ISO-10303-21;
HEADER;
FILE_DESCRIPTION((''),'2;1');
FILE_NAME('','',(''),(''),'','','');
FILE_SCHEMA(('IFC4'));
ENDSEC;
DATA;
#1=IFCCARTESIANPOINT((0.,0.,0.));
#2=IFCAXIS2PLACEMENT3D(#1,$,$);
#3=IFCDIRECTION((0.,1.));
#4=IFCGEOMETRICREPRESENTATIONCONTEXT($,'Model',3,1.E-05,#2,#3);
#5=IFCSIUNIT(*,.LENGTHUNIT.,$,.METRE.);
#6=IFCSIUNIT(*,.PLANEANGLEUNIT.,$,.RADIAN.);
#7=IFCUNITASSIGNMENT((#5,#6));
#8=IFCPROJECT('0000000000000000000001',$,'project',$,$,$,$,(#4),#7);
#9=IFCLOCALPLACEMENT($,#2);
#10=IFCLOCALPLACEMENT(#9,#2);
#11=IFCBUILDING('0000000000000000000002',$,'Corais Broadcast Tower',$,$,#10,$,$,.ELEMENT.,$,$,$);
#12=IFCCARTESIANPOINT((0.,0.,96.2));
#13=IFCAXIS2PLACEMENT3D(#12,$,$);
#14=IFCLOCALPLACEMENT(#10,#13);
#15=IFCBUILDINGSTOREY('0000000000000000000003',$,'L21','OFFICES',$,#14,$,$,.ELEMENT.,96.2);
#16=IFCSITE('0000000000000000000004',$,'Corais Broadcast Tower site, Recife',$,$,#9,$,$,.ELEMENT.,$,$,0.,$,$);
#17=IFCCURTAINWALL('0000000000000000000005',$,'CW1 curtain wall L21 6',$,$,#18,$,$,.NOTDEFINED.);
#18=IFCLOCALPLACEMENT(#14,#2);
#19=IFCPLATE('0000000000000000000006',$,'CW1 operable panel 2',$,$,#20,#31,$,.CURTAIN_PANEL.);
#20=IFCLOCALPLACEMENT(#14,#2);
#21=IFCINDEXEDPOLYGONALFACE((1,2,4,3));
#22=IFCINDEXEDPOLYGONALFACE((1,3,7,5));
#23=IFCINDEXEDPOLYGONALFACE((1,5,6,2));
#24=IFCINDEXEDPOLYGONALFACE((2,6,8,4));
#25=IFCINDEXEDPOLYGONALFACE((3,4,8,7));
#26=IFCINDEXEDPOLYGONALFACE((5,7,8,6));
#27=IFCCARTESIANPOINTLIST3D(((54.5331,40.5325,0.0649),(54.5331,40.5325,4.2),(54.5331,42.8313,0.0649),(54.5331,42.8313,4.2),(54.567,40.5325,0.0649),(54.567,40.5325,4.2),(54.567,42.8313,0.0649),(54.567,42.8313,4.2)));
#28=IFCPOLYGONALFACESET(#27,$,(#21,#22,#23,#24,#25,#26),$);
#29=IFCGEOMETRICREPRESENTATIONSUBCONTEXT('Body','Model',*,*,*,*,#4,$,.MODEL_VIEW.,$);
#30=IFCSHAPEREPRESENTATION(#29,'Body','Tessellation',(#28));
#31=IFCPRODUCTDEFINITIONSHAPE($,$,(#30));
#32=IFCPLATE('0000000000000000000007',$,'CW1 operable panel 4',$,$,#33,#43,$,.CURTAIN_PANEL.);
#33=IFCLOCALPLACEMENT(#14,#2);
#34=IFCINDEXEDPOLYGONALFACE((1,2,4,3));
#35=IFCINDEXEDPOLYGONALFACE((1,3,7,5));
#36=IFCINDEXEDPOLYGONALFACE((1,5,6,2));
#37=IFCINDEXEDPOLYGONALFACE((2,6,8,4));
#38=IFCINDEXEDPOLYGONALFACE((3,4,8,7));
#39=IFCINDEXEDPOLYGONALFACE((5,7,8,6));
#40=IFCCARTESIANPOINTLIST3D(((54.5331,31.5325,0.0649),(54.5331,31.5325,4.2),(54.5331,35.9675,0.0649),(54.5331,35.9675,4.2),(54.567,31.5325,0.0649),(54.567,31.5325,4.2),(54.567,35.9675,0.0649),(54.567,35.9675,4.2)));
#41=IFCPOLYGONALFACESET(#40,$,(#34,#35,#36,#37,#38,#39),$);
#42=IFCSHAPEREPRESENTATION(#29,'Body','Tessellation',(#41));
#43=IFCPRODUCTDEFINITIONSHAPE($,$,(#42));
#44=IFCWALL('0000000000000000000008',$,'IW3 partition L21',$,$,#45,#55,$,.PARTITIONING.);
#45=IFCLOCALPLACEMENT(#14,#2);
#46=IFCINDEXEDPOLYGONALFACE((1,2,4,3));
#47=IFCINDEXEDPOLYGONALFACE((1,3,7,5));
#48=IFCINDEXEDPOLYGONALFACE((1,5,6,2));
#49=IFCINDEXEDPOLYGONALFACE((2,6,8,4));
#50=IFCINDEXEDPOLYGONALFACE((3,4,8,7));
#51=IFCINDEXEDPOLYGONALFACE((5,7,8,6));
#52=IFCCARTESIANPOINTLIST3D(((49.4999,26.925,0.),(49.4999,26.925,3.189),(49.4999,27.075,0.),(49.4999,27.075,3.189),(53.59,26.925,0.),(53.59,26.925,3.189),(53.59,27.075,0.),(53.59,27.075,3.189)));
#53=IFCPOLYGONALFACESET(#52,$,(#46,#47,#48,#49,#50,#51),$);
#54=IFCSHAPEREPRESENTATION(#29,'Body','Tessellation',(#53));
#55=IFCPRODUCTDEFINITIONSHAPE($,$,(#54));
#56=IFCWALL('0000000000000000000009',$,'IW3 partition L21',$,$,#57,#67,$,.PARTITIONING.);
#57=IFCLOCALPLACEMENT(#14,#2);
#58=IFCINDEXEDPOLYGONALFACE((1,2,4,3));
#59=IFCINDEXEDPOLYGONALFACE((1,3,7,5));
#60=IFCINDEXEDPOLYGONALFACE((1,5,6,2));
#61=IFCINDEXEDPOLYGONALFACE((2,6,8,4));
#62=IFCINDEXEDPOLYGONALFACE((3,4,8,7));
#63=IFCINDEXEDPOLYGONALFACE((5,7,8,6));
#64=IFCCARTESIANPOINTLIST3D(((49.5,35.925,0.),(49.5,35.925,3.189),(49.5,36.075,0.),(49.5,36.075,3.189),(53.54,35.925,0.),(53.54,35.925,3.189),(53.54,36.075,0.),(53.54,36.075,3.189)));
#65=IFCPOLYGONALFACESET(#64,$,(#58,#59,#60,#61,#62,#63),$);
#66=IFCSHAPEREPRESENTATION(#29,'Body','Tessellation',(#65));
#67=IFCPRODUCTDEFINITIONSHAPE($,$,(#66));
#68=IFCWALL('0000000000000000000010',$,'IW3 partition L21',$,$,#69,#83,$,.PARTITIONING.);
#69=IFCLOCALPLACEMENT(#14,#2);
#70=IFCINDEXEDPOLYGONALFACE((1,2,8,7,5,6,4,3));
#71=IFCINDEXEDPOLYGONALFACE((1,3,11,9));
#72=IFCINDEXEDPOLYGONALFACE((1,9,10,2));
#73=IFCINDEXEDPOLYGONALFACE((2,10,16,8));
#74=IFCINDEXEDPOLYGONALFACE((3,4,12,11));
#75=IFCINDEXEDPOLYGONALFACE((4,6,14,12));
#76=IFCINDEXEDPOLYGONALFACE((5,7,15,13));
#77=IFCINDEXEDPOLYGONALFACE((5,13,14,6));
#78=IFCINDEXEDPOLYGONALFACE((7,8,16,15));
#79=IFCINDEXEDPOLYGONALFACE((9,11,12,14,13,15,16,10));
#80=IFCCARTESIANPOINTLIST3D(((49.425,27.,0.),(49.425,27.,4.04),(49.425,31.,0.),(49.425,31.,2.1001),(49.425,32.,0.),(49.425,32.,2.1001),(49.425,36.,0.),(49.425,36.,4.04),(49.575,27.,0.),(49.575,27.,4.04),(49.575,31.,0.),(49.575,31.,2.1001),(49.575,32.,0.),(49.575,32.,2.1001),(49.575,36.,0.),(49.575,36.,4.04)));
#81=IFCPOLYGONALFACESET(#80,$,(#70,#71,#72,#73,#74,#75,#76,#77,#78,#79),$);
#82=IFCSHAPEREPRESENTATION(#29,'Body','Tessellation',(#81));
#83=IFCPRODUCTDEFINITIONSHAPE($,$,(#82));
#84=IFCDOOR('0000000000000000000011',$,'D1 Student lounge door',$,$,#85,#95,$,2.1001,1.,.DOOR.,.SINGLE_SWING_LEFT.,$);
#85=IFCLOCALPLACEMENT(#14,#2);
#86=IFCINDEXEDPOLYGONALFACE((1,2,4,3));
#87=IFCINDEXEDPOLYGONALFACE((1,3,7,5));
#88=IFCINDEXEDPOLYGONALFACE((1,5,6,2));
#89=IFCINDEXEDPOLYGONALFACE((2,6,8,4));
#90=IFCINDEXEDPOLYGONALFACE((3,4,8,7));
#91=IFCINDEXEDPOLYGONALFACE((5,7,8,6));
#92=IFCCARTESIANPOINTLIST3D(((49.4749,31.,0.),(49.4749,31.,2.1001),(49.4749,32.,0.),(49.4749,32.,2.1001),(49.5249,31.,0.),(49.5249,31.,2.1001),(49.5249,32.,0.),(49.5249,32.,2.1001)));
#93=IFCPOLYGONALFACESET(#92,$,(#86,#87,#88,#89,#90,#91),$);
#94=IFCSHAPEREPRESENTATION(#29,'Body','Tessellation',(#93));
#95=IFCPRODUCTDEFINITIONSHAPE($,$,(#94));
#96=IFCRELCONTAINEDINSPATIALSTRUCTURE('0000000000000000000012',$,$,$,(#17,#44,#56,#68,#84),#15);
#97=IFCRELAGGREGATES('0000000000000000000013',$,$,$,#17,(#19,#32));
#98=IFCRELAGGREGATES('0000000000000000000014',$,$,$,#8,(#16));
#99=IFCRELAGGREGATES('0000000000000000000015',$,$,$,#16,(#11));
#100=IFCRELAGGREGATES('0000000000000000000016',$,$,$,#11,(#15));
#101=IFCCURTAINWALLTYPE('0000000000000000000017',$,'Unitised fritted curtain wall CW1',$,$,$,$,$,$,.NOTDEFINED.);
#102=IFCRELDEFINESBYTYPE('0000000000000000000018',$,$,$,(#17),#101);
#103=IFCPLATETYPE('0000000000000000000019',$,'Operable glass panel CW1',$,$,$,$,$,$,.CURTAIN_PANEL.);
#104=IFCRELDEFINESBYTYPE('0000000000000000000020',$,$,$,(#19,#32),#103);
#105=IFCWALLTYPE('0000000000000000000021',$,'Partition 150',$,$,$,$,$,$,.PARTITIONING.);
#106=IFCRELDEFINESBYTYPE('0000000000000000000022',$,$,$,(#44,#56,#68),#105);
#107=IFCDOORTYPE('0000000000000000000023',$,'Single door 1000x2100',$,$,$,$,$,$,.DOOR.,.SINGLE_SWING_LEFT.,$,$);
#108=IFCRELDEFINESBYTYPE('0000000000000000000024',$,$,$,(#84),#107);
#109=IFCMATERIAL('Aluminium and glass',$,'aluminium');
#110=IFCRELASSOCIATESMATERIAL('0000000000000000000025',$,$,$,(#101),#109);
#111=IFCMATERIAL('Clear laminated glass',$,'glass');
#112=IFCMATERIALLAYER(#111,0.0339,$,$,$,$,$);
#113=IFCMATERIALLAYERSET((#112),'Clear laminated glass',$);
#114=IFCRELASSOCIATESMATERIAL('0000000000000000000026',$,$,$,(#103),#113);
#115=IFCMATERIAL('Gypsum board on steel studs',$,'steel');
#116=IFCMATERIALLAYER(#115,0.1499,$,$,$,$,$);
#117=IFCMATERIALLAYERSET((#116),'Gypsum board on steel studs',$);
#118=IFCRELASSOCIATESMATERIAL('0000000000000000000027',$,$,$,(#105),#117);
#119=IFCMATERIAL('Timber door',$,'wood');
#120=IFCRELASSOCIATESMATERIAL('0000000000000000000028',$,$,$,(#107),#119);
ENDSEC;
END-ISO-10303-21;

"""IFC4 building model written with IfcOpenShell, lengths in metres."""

from ifc_helpers import new_model, si_unit, direction, frame, frame_2d, origin, origin_2d, place, context, subcontext, project, spatial, rectangle, extrude, material, layer, layer_set, type_object, element, fill, aggregate, save


model = new_model("IFC4")

# Units and contexts
model_context = context("Model", 3, precision=1e-05, world=origin(), true_north=direction((0.0, 1.0)))
body_context = subcontext(model_context, "Body", "Model", "MODEL_VIEW")
ifc_project = project(units=[si_unit("LENGTHUNIT", "METRE"), si_unit("PLANEANGLEUNIT", "RADIAN")], contexts=[model_context])

# Site, building, storey
site_placement = place(None, origin())
site = spatial("IfcSite", under=ifc_project, at=site_placement, Name="Corais Broadcast Tower site, Recife", CompositionType="ELEMENT", RefElevation=0.0)
building_placement = place(site_placement, origin())
building = spatial("IfcBuilding", under=site, at=building_placement, Name="Corais Broadcast Tower", CompositionType="ELEMENT")
storey_placement = place(building_placement, frame((0.0, 0.0, 96.2)))
storey = spatial("IfcBuildingStorey", under=building, at=storey_placement, Name="L21", Description="OFFICES", CompositionType="ELEMENT", Elevation=96.2)

# Curtain wall
ifc_material_1 = material(Name="Aluminium and glass", Category="aluminium")
curtain_wall_type = type_object("IfcCurtainWallType", Name="Unitised fritted curtain wall CW1", PredefinedType="NOTDEFINED", material=ifc_material_1)
curtain_wall_placement = place(storey_placement, origin())
curtain_wall = element("IfcCurtainWall", 1, at=curtain_wall_placement, inside=storey, type_object=curtain_wall_type, Name="CW1 curtain wall L21 6", PredefinedType="NOTDEFINED")

# Plates
ifc_material_2 = material(Name="Clear laminated glass", Category="glass")
ifc_layer_1 = layer(ifc_material_2, 0.0339)
ifc_layer_set_1 = layer_set([ifc_layer_1], Name="Clear laminated glass")
plate_type_1 = type_object("IfcPlateType", Name="Operable glass panel CW1", PredefinedType="CURTAIN_PANEL", material=ifc_layer_set_1)
plate_1_placement = place(storey_placement, frame((54.55, 41.6819, 0.0649), z_axis=(0.0, 0.0, 1.0), x_axis=(0.0, -1.0, 0.0)))
plate_1 = element("IfcPlate", 2, at=plate_1_placement, type_object=plate_type_1, Name="CW1 operable panel 2", PredefinedType="CURTAIN_PANEL", context=body_context, shape_type="SweptSolid", body=[
    extrude(rectangle(XDim=2.2988, YDim=0.0339, at=origin_2d()), origin(), (0.0, 0.0, 1.0), 4.135),
])
plate_2_placement = place(storey_placement, frame((54.55, 33.75, 0.0649), z_axis=(0.0, 0.0, 1.0), x_axis=(0.0, -1.0, 0.0)))
plate_2 = element("IfcPlate", 3, at=plate_2_placement, type_object=plate_type_1, Name="CW1 operable panel 4", PredefinedType="CURTAIN_PANEL", context=body_context, shape_type="SweptSolid", body=[
    extrude(rectangle(XDim=4.4351, YDim=0.0339, at=origin_2d()), origin(), (0.0, 0.0, 1.0), 4.135),
])
aggregate(curtain_wall, [plate_1, plate_2])

# Walls
ifc_material_3 = material(Name="Gypsum board on steel studs", Category="steel")
ifc_layer_2 = layer(ifc_material_3, 0.1499)
ifc_layer_set_2 = layer_set([ifc_layer_2], Name="Gypsum board on steel studs")
wall_type = type_object("IfcWallType", Name="Partition 150", PredefinedType="PARTITIONING", material=ifc_layer_set_2)
wall_1_placement = place(storey_placement, frame((49.5, 27.0, 0.0), z_axis=(0.0, 0.0, 1.0), x_axis=(1.0, 0.0, 0.0)))
element("IfcWall", 4, at=wall_1_placement, inside=storey, type_object=wall_type, Name="IW3 partition L21", PredefinedType="PARTITIONING", context=body_context, shape_type="SweptSolid", body=[
    extrude(rectangle(XDim=4.0901, YDim=0.1499, at=frame_2d((2.0449, 0.0))), origin(), (0.0, 0.0, 1.0), 3.189),
])
wall_2_placement = place(storey_placement, frame((53.54, 36.0, 0.0), z_axis=(0.0, 0.0, 1.0), x_axis=(-1.0, 0.0, 0.0)))
element("IfcWall", 5, at=wall_2_placement, inside=storey, type_object=wall_type, Name="IW3 partition L21", PredefinedType="PARTITIONING", context=body_context, shape_type="SweptSolid", body=[
    extrude(rectangle(XDim=4.04, YDim=0.1499, at=frame_2d((2.02, 0.0))), origin(), (0.0, 0.0, 1.0), 3.189),
])

# Wall, opening, door
wall_3_placement = place(storey_placement, frame((49.5, 36.0, 0.0), z_axis=(0.0, 0.0, 1.0), x_axis=(0.0, -1.0, 0.0)))
wall_3 = element("IfcWall", 6, at=wall_3_placement, inside=storey, type_object=wall_type, Name="IW3 partition L21", PredefinedType="PARTITIONING", context=body_context, shape_type="SweptSolid", body=[
    extrude(rectangle(XDim=9.0, YDim=0.1499, at=frame_2d((4.5, 0.0))), origin(), (0.0, 0.0, 1.0), 4.04),
])
opening_placement = place(wall_3_placement, frame((4.0, 0.0, 0.0)))
opening = element("IfcOpeningElement", 7, at=opening_placement, cuts=wall_3, PredefinedType="OPENING", context=body_context, shape_type="SweptSolid", body=[
    extrude(rectangle(XDim=1.0, YDim=2.1001, at=frame_2d((0.5, 1.05))), frame((0.0, 0.085, 0.0), z_axis=(0.0, -1.0, 0.0), x_axis=(1.0, 0.0, 0.0)), (0.0, 0.0, 1.0), 0.1699),
])
ifc_material_4 = material(Name="Timber door", Category="wood")
door_type = type_object("IfcDoorType", Name="Single door 1000x2100", OperationType="SINGLE_SWING_LEFT", PredefinedType="DOOR", material=ifc_material_4)
door_placement = place(opening_placement, origin())
door = element("IfcDoor", 8, at=door_placement, inside=storey, type_object=door_type, Name="D1 Student lounge door", OperationType="SINGLE_SWING_LEFT", OverallHeight=2.1001, OverallWidth=1.0, PredefinedType="DOOR", context=body_context, shape_type="SweptSolid", body=[
    extrude(rectangle(XDim=1.0, YDim=2.1001, at=frame_2d((0.5, 1.05))), frame((0.0, 0.0249, 0.0), z_axis=(0.0, -1.0, 0.0), x_axis=(1.0, 0.0, 0.0)), (0.0, 0.0, 1.0), 0.05),
])
fill(opening, door)

save(model, "model.ifc")
